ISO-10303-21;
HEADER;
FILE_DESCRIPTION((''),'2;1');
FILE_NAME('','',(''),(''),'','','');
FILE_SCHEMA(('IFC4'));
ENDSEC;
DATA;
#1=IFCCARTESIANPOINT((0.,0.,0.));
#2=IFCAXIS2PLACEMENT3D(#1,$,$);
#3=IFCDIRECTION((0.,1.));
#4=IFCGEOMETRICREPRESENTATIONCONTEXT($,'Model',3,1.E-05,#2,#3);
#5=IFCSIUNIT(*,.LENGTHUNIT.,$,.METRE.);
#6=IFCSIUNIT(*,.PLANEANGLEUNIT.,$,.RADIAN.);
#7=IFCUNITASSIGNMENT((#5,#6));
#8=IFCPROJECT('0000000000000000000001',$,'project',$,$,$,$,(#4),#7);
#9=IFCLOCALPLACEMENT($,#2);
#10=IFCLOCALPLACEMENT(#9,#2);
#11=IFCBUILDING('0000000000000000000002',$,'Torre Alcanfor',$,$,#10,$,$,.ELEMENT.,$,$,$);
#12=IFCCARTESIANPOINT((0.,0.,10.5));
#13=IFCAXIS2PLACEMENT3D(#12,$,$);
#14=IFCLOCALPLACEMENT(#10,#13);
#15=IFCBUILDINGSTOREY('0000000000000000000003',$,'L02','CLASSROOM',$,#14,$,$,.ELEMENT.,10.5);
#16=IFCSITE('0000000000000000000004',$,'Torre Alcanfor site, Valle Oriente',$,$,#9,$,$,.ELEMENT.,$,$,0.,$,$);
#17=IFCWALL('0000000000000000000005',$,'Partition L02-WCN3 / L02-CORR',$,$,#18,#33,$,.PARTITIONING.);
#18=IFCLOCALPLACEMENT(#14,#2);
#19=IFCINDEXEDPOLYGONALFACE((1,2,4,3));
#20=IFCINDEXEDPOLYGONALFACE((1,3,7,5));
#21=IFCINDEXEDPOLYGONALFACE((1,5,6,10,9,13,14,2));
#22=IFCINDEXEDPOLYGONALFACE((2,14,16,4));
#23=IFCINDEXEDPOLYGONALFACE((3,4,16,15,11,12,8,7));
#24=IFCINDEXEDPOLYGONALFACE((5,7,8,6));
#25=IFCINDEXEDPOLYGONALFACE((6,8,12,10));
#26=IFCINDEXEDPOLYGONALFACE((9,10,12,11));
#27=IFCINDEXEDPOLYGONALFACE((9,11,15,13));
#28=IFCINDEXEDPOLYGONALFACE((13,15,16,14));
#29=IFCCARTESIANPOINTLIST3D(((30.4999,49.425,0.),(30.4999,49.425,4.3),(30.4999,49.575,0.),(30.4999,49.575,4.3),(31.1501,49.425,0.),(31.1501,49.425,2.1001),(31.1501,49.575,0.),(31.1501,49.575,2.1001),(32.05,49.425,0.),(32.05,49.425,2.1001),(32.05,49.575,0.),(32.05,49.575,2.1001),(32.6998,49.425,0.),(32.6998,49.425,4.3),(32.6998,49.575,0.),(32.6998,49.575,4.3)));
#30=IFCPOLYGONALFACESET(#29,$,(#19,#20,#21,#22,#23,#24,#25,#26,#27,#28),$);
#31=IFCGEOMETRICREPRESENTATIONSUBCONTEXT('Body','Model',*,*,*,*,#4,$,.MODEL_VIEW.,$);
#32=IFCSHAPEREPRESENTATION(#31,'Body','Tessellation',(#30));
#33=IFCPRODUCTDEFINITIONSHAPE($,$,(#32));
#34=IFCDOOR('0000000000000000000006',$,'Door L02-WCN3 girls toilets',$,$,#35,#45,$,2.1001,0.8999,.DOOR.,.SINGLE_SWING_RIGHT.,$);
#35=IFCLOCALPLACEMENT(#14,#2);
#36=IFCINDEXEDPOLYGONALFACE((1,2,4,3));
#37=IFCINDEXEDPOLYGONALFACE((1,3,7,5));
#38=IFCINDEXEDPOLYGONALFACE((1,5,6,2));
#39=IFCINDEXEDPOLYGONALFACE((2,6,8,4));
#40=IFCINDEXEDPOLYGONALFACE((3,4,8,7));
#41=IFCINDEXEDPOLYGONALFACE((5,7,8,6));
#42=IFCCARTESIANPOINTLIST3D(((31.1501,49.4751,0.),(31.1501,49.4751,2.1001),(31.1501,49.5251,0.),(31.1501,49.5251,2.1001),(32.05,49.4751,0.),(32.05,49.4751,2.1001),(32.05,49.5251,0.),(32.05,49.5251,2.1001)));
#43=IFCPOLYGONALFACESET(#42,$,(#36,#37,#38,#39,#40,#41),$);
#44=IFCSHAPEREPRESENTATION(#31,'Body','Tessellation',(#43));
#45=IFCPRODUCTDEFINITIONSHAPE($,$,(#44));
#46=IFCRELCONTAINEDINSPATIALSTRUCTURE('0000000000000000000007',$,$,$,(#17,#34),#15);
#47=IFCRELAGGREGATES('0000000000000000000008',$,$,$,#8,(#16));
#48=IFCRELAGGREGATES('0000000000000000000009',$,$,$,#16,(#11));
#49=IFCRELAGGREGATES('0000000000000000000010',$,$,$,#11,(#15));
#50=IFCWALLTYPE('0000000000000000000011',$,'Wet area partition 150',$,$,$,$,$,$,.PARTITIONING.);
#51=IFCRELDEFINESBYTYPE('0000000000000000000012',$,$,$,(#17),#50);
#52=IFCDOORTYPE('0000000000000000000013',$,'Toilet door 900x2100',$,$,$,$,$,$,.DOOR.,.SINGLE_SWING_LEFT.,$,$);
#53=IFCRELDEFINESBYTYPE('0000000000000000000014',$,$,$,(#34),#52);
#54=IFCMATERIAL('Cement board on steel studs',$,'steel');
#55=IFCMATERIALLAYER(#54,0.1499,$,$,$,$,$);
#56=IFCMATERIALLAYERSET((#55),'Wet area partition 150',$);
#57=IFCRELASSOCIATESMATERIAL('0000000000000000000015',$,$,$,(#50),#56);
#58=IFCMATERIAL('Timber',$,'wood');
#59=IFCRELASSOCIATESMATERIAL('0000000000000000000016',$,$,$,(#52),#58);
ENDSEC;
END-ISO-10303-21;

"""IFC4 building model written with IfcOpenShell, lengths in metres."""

from ifc_helpers import new_model, si_unit, direction, frame, frame_2d, origin, place, context, subcontext, project, spatial, rectangle, extrude, material, layer, layer_set, type_object, element, fill, save


model = new_model("IFC4")

# Units and contexts
model_context = context("Model", 3, precision=1e-05, world=origin(), true_north=direction((0.0, 1.0)))
body_context = subcontext(model_context, "Body", "Model", "MODEL_VIEW")
ifc_project = project(units=[si_unit("LENGTHUNIT", "METRE"), si_unit("PLANEANGLEUNIT", "RADIAN")], contexts=[model_context])

# Site, building, storey
site_placement = place(None, origin())
site = spatial("IfcSite", under=ifc_project, at=site_placement, Name="Torre Alcanfor site, Valle Oriente", CompositionType="ELEMENT", RefElevation=0.0)
building_placement = place(site_placement, origin())
building = spatial("IfcBuilding", under=site, at=building_placement, Name="Torre Alcanfor", CompositionType="ELEMENT")
storey_placement = place(building_placement, frame((0.0, 0.0, 10.5)))
storey = spatial("IfcBuildingStorey", under=building, at=storey_placement, Name="L02", Description="CLASSROOM", CompositionType="ELEMENT", Elevation=10.5)

# Shared definitions
ifc_material_1 = material(Name="Cement board on steel studs", Category="steel")
ifc_layer_1 = layer(ifc_material_1, 0.1499)
ifc_layer_set_1 = layer_set([ifc_layer_1], Name="Wet area partition 150")
wall_type_1 = type_object("IfcWallType", Name="Wet area partition 150", PredefinedType="PARTITIONING", material=ifc_layer_set_1)

# Wall, opening, door
wall_1_placement = place(storey_placement, frame((32.7, 49.5, 0.0), z_axis=(0.0, 0.0, 1.0), x_axis=(-1.0, 0.0, 0.0)))
wall_1 = element("IfcWall", 1, at=wall_1_placement, inside=storey, type_object=wall_type_1, Name="Partition L02-WCN3 / L02-CORR", PredefinedType="PARTITIONING", context=body_context, shape_type="SweptSolid", body=[
    extrude(rectangle(XDim=2.2, YDim=0.1499, at=frame_2d((1.1001, 0.0))), origin(), (0.0, 0.0, 1.0), 4.3),
])
opening_1_placement = place(wall_1_placement, frame((0.6499, 0.0, 0.0)))
opening_1 = element("IfcOpeningElement", 2, at=opening_1_placement, cuts=wall_1, PredefinedType="OPENING", context=body_context, shape_type="SweptSolid", body=[
    extrude(rectangle(XDim=0.8999, YDim=2.1001, at=frame_2d((0.45, 1.05))), frame((0.0, 0.085, 0.0), z_axis=(0.0, -1.0, 0.0), x_axis=(1.0, 0.0, 0.0)), (0.0, 0.0, 1.0), 0.1699),
])
ifc_material_2 = material(Name="Timber", Category="wood")
door_type_1 = type_object("IfcDoorType", Name="Toilet door 900x2100", OperationType="SINGLE_SWING_LEFT", PredefinedType="DOOR", material=ifc_material_2)
door_1_placement = place(opening_1_placement, frame((0.8999, 0.0, 0.0), z_axis=(0.0, 0.0, 1.0), x_axis=(-1.0, 0.0, 0.0)))
door_1 = element("IfcDoor", 3, at=door_1_placement, inside=storey, type_object=door_type_1, Name="Door L02-WCN3 girls toilets", OperationType="SINGLE_SWING_RIGHT", OverallHeight=2.1001, OverallWidth=0.8999, PredefinedType="DOOR", context=body_context, shape_type="SweptSolid", body=[
    extrude(rectangle(XDim=0.8999, YDim=2.1001, at=frame_2d((0.45, 1.05))), frame((0.0, 0.0251, 0.0), z_axis=(0.0, -1.0, 0.0), x_axis=(1.0, 0.0, 0.0)), (0.0, 0.0, 1.0), 0.05),
])
fill(opening_1, door_1)

save(model, "model.ifc")
